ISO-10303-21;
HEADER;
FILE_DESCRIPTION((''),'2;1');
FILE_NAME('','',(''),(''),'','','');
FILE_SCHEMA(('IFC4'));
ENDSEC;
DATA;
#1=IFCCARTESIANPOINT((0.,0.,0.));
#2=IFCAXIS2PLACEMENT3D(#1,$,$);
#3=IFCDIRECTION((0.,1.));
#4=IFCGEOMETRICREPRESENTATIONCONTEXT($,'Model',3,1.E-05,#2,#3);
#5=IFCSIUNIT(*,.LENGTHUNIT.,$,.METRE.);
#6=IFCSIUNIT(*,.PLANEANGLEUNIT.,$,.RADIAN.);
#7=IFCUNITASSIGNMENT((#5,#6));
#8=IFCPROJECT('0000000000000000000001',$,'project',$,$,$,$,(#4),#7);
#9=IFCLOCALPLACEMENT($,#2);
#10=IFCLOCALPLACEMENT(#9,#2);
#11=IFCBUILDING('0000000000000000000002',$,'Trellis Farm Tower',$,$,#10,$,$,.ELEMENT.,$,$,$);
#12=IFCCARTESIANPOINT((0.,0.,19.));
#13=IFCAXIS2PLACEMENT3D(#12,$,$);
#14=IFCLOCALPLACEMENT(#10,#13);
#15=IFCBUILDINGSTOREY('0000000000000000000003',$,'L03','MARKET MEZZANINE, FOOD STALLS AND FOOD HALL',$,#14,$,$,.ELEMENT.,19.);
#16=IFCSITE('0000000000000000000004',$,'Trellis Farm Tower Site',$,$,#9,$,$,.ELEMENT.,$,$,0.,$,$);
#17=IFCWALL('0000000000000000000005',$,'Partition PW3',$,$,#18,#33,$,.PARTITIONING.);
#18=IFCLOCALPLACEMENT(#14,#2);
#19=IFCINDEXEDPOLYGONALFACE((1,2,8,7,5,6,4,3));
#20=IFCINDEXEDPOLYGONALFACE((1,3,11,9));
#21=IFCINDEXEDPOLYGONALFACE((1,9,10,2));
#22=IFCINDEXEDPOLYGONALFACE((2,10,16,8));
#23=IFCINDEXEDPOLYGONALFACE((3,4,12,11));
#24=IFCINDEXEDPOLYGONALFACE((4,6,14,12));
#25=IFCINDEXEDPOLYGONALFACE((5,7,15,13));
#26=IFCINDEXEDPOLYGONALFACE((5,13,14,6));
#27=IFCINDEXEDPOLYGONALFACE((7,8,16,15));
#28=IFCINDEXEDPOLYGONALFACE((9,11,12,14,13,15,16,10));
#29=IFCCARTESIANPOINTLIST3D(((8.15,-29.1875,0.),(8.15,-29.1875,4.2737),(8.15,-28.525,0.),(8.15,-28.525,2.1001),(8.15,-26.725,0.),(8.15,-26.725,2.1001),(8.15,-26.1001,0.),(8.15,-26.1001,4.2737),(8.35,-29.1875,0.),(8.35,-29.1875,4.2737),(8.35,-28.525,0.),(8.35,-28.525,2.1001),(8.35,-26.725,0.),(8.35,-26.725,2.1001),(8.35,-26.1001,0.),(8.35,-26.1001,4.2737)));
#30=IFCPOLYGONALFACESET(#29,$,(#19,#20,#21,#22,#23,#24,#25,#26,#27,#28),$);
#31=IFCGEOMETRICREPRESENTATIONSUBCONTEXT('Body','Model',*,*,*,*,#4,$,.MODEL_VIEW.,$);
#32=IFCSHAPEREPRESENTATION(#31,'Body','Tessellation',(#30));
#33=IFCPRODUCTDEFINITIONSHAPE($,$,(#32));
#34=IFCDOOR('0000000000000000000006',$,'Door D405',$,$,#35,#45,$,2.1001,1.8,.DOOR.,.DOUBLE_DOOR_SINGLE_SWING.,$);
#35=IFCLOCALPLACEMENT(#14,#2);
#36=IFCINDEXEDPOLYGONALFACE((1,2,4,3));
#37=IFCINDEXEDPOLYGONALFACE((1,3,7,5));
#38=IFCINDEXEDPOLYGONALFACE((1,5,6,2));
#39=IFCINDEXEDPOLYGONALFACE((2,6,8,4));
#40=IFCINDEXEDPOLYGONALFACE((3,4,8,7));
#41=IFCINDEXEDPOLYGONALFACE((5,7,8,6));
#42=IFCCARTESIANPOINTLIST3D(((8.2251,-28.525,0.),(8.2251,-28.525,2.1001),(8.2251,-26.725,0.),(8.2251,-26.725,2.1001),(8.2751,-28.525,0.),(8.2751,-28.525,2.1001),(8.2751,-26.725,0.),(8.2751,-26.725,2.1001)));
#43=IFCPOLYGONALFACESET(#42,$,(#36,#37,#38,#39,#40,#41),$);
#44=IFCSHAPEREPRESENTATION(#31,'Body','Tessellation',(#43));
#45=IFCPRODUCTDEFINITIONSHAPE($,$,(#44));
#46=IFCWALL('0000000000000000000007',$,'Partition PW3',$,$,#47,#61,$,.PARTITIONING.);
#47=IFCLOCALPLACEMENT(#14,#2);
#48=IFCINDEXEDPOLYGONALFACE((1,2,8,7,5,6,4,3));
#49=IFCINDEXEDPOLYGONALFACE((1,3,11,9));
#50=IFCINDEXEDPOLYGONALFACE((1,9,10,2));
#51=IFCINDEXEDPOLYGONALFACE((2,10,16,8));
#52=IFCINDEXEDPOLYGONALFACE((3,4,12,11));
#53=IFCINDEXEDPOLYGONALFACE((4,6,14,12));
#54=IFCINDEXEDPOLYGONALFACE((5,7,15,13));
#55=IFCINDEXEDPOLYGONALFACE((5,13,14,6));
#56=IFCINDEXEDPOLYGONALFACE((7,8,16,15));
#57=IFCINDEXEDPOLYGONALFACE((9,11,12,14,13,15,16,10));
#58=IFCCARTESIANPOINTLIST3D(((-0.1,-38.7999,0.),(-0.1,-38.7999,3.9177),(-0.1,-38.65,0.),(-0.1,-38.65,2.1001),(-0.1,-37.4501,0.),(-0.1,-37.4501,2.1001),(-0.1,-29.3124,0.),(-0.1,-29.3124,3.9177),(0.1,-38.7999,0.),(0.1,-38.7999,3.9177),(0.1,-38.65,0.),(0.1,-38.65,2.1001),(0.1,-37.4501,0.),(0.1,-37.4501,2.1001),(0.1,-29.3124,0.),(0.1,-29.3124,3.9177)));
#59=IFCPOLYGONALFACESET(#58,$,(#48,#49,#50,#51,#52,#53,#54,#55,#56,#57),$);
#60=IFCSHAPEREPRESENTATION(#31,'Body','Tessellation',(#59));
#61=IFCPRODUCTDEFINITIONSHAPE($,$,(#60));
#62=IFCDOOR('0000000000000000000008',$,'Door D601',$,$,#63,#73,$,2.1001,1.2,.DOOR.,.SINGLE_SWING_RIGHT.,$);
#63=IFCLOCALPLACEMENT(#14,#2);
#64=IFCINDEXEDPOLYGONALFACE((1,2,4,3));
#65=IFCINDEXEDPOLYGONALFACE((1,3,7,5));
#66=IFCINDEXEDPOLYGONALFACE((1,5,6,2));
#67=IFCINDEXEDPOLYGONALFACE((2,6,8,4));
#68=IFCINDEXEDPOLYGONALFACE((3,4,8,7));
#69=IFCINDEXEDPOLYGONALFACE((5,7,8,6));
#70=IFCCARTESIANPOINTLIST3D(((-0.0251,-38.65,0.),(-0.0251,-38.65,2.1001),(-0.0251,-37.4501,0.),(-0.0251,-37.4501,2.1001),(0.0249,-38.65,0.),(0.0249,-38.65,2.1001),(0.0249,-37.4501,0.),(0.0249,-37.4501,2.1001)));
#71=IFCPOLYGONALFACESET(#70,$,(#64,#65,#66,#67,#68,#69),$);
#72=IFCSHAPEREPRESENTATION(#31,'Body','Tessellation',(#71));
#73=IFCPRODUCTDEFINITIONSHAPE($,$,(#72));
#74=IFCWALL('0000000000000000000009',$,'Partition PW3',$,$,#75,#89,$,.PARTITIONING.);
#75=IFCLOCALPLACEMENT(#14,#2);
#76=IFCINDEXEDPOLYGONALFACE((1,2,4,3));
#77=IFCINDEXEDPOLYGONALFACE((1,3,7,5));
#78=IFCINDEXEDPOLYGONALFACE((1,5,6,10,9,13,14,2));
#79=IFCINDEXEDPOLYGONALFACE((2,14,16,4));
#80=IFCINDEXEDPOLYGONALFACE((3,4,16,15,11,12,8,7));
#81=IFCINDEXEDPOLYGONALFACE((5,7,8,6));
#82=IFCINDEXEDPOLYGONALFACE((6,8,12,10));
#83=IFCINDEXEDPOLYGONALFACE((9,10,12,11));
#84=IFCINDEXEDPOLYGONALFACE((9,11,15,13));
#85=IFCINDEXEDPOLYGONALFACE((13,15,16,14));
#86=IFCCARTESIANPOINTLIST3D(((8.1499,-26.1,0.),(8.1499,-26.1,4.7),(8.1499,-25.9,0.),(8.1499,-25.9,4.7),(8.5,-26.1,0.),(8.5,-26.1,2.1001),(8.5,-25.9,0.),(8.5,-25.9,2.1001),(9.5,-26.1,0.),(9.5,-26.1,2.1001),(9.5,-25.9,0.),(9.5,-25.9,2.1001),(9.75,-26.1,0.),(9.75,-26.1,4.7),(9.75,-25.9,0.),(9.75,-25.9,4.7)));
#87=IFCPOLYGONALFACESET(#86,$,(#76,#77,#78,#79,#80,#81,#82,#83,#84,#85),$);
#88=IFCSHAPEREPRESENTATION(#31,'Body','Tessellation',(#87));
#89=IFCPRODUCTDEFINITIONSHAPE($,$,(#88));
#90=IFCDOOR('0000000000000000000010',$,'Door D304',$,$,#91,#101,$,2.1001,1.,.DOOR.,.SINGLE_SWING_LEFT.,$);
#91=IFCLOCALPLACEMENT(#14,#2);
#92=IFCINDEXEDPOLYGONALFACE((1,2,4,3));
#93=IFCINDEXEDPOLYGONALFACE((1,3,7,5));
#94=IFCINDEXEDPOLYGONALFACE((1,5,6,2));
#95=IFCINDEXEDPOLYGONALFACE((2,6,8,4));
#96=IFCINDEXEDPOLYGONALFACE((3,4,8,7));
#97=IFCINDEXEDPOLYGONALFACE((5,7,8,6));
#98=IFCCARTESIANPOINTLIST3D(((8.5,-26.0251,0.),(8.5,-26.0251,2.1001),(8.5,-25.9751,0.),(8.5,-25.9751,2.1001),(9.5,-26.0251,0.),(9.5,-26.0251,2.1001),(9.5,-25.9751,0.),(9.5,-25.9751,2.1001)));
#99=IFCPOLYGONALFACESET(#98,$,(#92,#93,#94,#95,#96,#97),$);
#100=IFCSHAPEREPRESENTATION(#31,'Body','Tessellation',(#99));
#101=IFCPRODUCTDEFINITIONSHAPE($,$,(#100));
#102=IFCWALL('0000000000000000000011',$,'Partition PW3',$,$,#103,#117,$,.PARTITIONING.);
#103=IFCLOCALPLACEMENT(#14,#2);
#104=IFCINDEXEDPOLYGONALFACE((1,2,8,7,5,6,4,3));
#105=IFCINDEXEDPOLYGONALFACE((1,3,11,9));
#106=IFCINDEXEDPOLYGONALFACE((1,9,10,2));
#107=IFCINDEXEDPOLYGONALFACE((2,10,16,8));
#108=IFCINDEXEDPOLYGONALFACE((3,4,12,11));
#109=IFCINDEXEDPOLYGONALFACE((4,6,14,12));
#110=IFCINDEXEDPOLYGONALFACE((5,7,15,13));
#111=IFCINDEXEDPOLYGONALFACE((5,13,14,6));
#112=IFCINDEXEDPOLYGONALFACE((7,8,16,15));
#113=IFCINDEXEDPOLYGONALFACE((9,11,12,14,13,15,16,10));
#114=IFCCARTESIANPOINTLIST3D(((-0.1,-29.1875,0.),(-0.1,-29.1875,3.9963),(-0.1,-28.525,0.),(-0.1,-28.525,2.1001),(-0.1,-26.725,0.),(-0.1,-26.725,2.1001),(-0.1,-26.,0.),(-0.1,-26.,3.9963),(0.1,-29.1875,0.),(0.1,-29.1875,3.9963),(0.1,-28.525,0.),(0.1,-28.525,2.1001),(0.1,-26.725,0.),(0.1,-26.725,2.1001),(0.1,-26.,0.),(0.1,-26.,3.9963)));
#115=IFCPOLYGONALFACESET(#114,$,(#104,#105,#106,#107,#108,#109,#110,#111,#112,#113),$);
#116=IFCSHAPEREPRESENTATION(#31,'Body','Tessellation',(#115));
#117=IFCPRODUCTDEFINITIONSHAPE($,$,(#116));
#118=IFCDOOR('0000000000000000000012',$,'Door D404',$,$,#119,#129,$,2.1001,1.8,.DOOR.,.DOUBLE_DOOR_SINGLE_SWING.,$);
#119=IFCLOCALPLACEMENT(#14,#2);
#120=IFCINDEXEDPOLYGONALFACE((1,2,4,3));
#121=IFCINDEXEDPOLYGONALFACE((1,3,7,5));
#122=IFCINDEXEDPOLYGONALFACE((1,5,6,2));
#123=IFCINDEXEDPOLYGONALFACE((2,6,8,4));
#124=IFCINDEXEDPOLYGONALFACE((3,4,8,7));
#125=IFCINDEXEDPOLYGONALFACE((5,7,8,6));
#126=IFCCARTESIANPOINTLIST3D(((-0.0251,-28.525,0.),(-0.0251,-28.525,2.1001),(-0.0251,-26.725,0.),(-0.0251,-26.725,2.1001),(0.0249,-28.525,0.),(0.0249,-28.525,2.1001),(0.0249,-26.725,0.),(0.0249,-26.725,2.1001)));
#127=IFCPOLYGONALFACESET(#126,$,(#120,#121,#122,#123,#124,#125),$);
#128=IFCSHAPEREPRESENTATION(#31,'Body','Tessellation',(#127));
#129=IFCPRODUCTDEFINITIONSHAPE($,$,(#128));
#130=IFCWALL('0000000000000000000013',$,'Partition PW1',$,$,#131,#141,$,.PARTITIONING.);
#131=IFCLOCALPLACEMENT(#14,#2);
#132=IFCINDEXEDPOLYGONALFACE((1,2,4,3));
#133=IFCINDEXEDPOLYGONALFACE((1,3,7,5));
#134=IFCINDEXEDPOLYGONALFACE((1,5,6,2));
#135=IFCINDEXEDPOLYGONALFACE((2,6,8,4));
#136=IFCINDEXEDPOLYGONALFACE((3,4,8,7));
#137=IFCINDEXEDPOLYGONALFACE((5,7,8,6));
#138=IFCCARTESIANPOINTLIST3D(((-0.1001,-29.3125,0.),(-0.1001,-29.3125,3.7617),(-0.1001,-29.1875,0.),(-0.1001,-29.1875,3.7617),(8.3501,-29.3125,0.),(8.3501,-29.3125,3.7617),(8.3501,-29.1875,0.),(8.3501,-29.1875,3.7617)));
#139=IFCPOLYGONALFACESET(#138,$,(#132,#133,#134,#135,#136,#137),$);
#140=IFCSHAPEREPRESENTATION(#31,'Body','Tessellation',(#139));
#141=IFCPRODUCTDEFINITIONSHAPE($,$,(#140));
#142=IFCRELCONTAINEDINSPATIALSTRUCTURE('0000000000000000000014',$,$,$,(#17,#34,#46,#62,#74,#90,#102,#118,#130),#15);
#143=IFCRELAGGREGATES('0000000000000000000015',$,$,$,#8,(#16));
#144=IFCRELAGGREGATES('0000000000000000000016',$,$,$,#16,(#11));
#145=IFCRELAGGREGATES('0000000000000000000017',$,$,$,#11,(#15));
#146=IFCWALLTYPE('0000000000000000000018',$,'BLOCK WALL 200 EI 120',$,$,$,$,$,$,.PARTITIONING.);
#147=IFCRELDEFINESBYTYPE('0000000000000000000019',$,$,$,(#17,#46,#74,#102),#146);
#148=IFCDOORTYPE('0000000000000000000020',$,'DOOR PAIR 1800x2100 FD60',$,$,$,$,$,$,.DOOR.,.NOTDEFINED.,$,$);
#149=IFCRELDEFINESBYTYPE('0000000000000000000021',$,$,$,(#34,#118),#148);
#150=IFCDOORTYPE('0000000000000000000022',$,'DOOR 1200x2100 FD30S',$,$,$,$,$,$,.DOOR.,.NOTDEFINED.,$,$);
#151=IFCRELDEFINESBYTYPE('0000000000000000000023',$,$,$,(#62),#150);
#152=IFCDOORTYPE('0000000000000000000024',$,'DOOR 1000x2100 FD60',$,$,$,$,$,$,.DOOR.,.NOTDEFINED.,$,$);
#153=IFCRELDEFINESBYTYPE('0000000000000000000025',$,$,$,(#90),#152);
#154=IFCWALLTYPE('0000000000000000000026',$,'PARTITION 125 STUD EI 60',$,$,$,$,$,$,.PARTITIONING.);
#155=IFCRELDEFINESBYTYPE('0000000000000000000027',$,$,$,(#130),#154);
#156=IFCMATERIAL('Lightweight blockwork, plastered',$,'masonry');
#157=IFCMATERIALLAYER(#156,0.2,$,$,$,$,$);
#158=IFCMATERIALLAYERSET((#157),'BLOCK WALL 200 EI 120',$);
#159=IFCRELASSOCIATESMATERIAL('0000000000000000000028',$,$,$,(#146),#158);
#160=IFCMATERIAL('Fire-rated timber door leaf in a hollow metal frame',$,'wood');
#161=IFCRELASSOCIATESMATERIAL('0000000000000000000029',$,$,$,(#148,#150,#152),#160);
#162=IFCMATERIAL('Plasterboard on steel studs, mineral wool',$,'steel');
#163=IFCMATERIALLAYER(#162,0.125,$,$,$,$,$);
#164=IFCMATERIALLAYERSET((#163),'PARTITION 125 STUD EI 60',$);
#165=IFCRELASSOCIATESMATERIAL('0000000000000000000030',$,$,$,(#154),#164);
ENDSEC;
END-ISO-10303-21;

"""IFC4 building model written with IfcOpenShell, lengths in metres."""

from ifc_helpers import new_model, si_unit, direction, frame, frame_2d, origin, place, context, subcontext, project, spatial, rectangle, extrude, source, transform, mapped, material, layer, layer_set, type_object, element, fill, save


model = new_model("IFC4")

# Units and contexts
model_context = context("Model", 3, precision=1e-05, world=origin(), true_north=direction((0.0, 1.0)))
body_context = subcontext(model_context, "Body", "Model", "MODEL_VIEW")
ifc_project = project(units=[si_unit("LENGTHUNIT", "METRE"), si_unit("PLANEANGLEUNIT", "RADIAN")], contexts=[model_context])

# Site, building, storey
site_placement = place(None, origin())
site = spatial("IfcSite", under=ifc_project, at=site_placement, Name="Trellis Farm Tower Site", CompositionType="ELEMENT", RefElevation=0.0)
building_placement = place(site_placement, origin())
building = spatial("IfcBuilding", under=site, at=building_placement, Name="Trellis Farm Tower", CompositionType="ELEMENT")
storey_placement = place(building_placement, frame((0.0, 0.0, 19.0)))
storey = spatial("IfcBuildingStorey", under=building, at=storey_placement, Name="L03", Description="MARKET MEZZANINE, FOOD STALLS AND FOOD HALL", CompositionType="ELEMENT", Elevation=19.0)

# Shared definitions
shared_shape_1 = source(origin(), body_context, "Body", "SweptSolid", [
    extrude(rectangle(XDim=1.8, YDim=2.1001, at=frame_2d((0.8999, 1.05))), frame((0.0, 0.0249, 0.0), z_axis=(0.0, -1.0, 0.0), x_axis=(1.0, 0.0, 0.0)), (0.0, 0.0, 1.0), 0.05),
])

# Shared definitions
ifc_material_1 = material(Name="Lightweight blockwork, plastered", Category="masonry")
ifc_layer_1 = layer(ifc_material_1, 0.2)
ifc_layer_set_1 = layer_set([ifc_layer_1], Name="BLOCK WALL 200 EI 120")
wall_type_1 = type_object("IfcWallType", Name="BLOCK WALL 200 EI 120", PredefinedType="PARTITIONING", material=ifc_layer_set_1)

# Walls, openings, doors
shared_shape_2 = source(origin(), body_context, "Body", "SweptSolid", [
    extrude(rectangle(XDim=3.0874, YDim=0.2, at=frame_2d((1.5437, 0.0))), origin(), (0.0, 0.0, 1.0), 4.2737),
])
wall_1_placement = place(storey_placement, frame((8.25, -29.1875, 0.0), z_axis=(0.0, 0.0, 1.0), x_axis=(0.0, 1.0, 0.0)))
wall_1 = element("IfcWall", 1, at=wall_1_placement, inside=storey, type_object=wall_type_1, Name="Partition PW3", PredefinedType="PARTITIONING", context=body_context, shape_type="MappedRepresentation", body=[
    mapped(shared_shape_2, transform((0.0, 0.0, 0.0))),
])
shared_shape_3 = source(origin(), body_context, "Body", "SweptSolid", [
    extrude(rectangle(XDim=1.8, YDim=2.1001, at=frame_2d((0.8999, 1.05))), frame((0.0, 0.1101, 0.0), z_axis=(0.0, -1.0, 0.0), x_axis=(1.0, 0.0, 0.0)), (0.0, 0.0, 1.0), 0.2202),
])
opening_1_placement = place(wall_1_placement, frame((0.6626, 0.0, 0.0)))
opening_1 = element("IfcOpeningElement", 2, at=opening_1_placement, cuts=wall_1, PredefinedType="OPENING", context=body_context, shape_type="MappedRepresentation", body=[
    mapped(shared_shape_3, transform((0.0, 0.0, 0.0))),
])
ifc_material_2 = material(Name="Fire-rated timber door leaf in a hollow metal frame", Category="wood")
door_type_1 = type_object("IfcDoorType", Name="DOOR PAIR 1800x2100 FD60", OperationType="NOTDEFINED", PredefinedType="DOOR", material=ifc_material_2)
door_1_placement = place(opening_1_placement, origin())
door_1 = element("IfcDoor", 3, at=door_1_placement, inside=storey, type_object=door_type_1, Name="Door D405", OperationType="DOUBLE_DOOR_SINGLE_SWING", OverallHeight=2.1001, OverallWidth=1.8, PredefinedType="DOOR", context=body_context, shape_type="MappedRepresentation", body=[
    mapped(shared_shape_1, transform((0.0, 0.0, 0.0))),
])
fill(opening_1, door_1)
shared_shape_4 = source(origin(), body_context, "Body", "SweptSolid", [
    extrude(rectangle(XDim=9.4875, YDim=0.2, at=frame_2d((4.7437, 0.0))), origin(), (0.0, 0.0, 1.0), 3.9177),
])
wall_2_placement = place(storey_placement, frame((0.0, -29.3125, 0.0), z_axis=(0.0, 0.0, 1.0), x_axis=(0.0, -1.0, 0.0)))
wall_2 = element("IfcWall", 4, at=wall_2_placement, inside=storey, type_object=wall_type_1, Name="Partition PW3", PredefinedType="PARTITIONING", context=body_context, shape_type="MappedRepresentation", body=[
    mapped(shared_shape_4, transform((0.0, 0.0, 0.0))),
])
shared_shape_5 = source(origin(), body_context, "Body", "SweptSolid", [
    extrude(rectangle(XDim=1.2, YDim=2.1001, at=frame_2d((0.6001, 1.05))), frame((0.0, 0.1101, 0.0), z_axis=(0.0, -1.0, 0.0), x_axis=(1.0, 0.0, 0.0)), (0.0, 0.0, 1.0), 0.2202),
])
opening_2_placement = place(wall_2_placement, frame((8.1375, 0.0, 0.0)))
opening_2 = element("IfcOpeningElement", 5, at=opening_2_placement, cuts=wall_2, PredefinedType="OPENING", context=body_context, shape_type="MappedRepresentation", body=[
    mapped(shared_shape_5, transform((0.0, 0.0, 0.0))),
])
door_type_2 = type_object("IfcDoorType", Name="DOOR 1200x2100 FD30S", OperationType="NOTDEFINED", PredefinedType="DOOR", material=ifc_material_2)
shared_shape_6 = source(origin(), body_context, "Body", "SweptSolid", [
    extrude(rectangle(XDim=1.2, YDim=2.1001, at=frame_2d((0.6001, 1.05))), frame((0.0, 0.0249, 0.0), z_axis=(0.0, -1.0, 0.0), x_axis=(1.0, 0.0, 0.0)), (0.0, 0.0, 1.0), 0.05),
])
door_2_placement = place(opening_2_placement, origin())
door_2 = element("IfcDoor", 6, at=door_2_placement, inside=storey, type_object=door_type_2, Name="Door D601", OperationType="SINGLE_SWING_RIGHT", OverallHeight=2.1001, OverallWidth=1.2, PredefinedType="DOOR", context=body_context, shape_type="MappedRepresentation", body=[
    mapped(shared_shape_6, transform((0.0, 0.0, 0.0))),
])
fill(opening_2, door_2)
shared_shape_7 = source(origin(), body_context, "Body", "SweptSolid", [
    extrude(rectangle(XDim=1.6001, YDim=0.2, at=frame_2d((0.8, 0.0))), origin(), (0.0, 0.0, 1.0), 4.7),
])
wall_3_placement = place(storey_placement, frame((8.1499, -26.0, 0.0), z_axis=(0.0, 0.0, 1.0), x_axis=(1.0, 0.0, 0.0)))
wall_3 = element("IfcWall", 7, at=wall_3_placement, inside=storey, type_object=wall_type_1, Name="Partition PW3", PredefinedType="PARTITIONING", context=body_context, shape_type="MappedRepresentation", body=[
    mapped(shared_shape_7, transform((0.0, 0.0, 0.0))),
])
shared_shape_8 = source(origin(), body_context, "Body", "SweptSolid", [
    extrude(rectangle(XDim=1.0, YDim=2.1001, at=frame_2d((0.5, 1.05))), frame((0.0, 0.1101, 0.0), z_axis=(0.0, -1.0, 0.0), x_axis=(1.0, 0.0, 0.0)), (0.0, 0.0, 1.0), 0.2202),
])
opening_3_placement = place(wall_3_placement, frame((0.3501, 0.0, 0.0)))
opening_3 = element("IfcOpeningElement", 8, at=opening_3_placement, cuts=wall_3, PredefinedType="OPENING", context=body_context, shape_type="MappedRepresentation", body=[
    mapped(shared_shape_8, transform((0.0, 0.0, 0.0))),
])
door_type_3 = type_object("IfcDoorType", Name="DOOR 1000x2100 FD60", OperationType="NOTDEFINED", PredefinedType="DOOR", material=ifc_material_2)
shared_shape_9 = source(origin(), body_context, "Body", "SweptSolid", [
    extrude(rectangle(XDim=1.0, YDim=2.1001, at=frame_2d((0.5, 1.05))), frame((0.0, 0.0249, 0.0), z_axis=(0.0, -1.0, 0.0), x_axis=(1.0, 0.0, 0.0)), (0.0, 0.0, 1.0), 0.05),
])
door_3_placement = place(opening_3_placement, origin())
door_3 = element("IfcDoor", 9, at=door_3_placement, inside=storey, type_object=door_type_3, Name="Door D304", OperationType="SINGLE_SWING_LEFT", OverallHeight=2.1001, OverallWidth=1.0, PredefinedType="DOOR", context=body_context, shape_type="MappedRepresentation", body=[
    mapped(shared_shape_9, transform((0.0, 0.0, 0.0))),
])
fill(opening_3, door_3)
shared_shape_10 = source(origin(), body_context, "Body", "SweptSolid", [
    extrude(rectangle(XDim=3.1875, YDim=0.2, at=frame_2d((1.5938, 0.0))), origin(), (0.0, 0.0, 1.0), 3.9963),
])
wall_4_placement = place(storey_placement, frame((0.0, -26.0, 0.0), z_axis=(0.0, 0.0, 1.0), x_axis=(0.0, -1.0, 0.0)))
wall_4 = element("IfcWall", 10, at=wall_4_placement, inside=storey, type_object=wall_type_1, Name="Partition PW3", PredefinedType="PARTITIONING", context=body_context, shape_type="MappedRepresentation", body=[
    mapped(shared_shape_10, transform((0.0, 0.0, 0.0))),
])
opening_4_placement = place(wall_4_placement, frame((0.7251, 0.0, 0.0)))
opening_4 = element("IfcOpeningElement", 11, at=opening_4_placement, cuts=wall_4, PredefinedType="OPENING", context=body_context, shape_type="MappedRepresentation", body=[
    mapped(shared_shape_3, transform((0.0, 0.0, 0.0))),
])
door_4_placement = place(opening_4_placement, origin())
door_4 = element("IfcDoor", 12, at=door_4_placement, inside=storey, type_object=door_type_1, Name="Door D404", OperationType="DOUBLE_DOOR_SINGLE_SWING", OverallHeight=2.1001, OverallWidth=1.8, PredefinedType="DOOR", context=body_context, shape_type="MappedRepresentation", body=[
    mapped(shared_shape_1, transform((0.0, 0.0, 0.0))),
])
fill(opening_4, door_4)

# Wall
ifc_material_3 = material(Name="Plasterboard on steel studs, mineral wool", Category="steel")
ifc_layer_2 = layer(ifc_material_3, 0.125)
ifc_layer_set_2 = layer_set([ifc_layer_2], Name="PARTITION 125 STUD EI 60")
wall_type_2 = type_object("IfcWallType", Name="PARTITION 125 STUD EI 60", PredefinedType="PARTITIONING", material=ifc_layer_set_2)
shared_shape_11 = source(origin(), body_context, "Body", "SweptSolid", [
    extrude(rectangle(XDim=8.4502, YDim=0.125, at=frame_2d((4.2251, 0.0))), origin(), (0.0, 0.0, 1.0), 3.7617),
])
wall_5_placement = place(storey_placement, frame((8.3501, -29.25, 0.0), z_axis=(0.0, 0.0, 1.0), x_axis=(-1.0, 0.0, 0.0)))
element("IfcWall", 13, at=wall_5_placement, inside=storey, type_object=wall_type_2, Name="Partition PW1", PredefinedType="PARTITIONING", context=body_context, shape_type="MappedRepresentation", body=[
    mapped(shared_shape_11, transform((0.0, 0.0, 0.0))),
])

save(model, "model.ifc")
